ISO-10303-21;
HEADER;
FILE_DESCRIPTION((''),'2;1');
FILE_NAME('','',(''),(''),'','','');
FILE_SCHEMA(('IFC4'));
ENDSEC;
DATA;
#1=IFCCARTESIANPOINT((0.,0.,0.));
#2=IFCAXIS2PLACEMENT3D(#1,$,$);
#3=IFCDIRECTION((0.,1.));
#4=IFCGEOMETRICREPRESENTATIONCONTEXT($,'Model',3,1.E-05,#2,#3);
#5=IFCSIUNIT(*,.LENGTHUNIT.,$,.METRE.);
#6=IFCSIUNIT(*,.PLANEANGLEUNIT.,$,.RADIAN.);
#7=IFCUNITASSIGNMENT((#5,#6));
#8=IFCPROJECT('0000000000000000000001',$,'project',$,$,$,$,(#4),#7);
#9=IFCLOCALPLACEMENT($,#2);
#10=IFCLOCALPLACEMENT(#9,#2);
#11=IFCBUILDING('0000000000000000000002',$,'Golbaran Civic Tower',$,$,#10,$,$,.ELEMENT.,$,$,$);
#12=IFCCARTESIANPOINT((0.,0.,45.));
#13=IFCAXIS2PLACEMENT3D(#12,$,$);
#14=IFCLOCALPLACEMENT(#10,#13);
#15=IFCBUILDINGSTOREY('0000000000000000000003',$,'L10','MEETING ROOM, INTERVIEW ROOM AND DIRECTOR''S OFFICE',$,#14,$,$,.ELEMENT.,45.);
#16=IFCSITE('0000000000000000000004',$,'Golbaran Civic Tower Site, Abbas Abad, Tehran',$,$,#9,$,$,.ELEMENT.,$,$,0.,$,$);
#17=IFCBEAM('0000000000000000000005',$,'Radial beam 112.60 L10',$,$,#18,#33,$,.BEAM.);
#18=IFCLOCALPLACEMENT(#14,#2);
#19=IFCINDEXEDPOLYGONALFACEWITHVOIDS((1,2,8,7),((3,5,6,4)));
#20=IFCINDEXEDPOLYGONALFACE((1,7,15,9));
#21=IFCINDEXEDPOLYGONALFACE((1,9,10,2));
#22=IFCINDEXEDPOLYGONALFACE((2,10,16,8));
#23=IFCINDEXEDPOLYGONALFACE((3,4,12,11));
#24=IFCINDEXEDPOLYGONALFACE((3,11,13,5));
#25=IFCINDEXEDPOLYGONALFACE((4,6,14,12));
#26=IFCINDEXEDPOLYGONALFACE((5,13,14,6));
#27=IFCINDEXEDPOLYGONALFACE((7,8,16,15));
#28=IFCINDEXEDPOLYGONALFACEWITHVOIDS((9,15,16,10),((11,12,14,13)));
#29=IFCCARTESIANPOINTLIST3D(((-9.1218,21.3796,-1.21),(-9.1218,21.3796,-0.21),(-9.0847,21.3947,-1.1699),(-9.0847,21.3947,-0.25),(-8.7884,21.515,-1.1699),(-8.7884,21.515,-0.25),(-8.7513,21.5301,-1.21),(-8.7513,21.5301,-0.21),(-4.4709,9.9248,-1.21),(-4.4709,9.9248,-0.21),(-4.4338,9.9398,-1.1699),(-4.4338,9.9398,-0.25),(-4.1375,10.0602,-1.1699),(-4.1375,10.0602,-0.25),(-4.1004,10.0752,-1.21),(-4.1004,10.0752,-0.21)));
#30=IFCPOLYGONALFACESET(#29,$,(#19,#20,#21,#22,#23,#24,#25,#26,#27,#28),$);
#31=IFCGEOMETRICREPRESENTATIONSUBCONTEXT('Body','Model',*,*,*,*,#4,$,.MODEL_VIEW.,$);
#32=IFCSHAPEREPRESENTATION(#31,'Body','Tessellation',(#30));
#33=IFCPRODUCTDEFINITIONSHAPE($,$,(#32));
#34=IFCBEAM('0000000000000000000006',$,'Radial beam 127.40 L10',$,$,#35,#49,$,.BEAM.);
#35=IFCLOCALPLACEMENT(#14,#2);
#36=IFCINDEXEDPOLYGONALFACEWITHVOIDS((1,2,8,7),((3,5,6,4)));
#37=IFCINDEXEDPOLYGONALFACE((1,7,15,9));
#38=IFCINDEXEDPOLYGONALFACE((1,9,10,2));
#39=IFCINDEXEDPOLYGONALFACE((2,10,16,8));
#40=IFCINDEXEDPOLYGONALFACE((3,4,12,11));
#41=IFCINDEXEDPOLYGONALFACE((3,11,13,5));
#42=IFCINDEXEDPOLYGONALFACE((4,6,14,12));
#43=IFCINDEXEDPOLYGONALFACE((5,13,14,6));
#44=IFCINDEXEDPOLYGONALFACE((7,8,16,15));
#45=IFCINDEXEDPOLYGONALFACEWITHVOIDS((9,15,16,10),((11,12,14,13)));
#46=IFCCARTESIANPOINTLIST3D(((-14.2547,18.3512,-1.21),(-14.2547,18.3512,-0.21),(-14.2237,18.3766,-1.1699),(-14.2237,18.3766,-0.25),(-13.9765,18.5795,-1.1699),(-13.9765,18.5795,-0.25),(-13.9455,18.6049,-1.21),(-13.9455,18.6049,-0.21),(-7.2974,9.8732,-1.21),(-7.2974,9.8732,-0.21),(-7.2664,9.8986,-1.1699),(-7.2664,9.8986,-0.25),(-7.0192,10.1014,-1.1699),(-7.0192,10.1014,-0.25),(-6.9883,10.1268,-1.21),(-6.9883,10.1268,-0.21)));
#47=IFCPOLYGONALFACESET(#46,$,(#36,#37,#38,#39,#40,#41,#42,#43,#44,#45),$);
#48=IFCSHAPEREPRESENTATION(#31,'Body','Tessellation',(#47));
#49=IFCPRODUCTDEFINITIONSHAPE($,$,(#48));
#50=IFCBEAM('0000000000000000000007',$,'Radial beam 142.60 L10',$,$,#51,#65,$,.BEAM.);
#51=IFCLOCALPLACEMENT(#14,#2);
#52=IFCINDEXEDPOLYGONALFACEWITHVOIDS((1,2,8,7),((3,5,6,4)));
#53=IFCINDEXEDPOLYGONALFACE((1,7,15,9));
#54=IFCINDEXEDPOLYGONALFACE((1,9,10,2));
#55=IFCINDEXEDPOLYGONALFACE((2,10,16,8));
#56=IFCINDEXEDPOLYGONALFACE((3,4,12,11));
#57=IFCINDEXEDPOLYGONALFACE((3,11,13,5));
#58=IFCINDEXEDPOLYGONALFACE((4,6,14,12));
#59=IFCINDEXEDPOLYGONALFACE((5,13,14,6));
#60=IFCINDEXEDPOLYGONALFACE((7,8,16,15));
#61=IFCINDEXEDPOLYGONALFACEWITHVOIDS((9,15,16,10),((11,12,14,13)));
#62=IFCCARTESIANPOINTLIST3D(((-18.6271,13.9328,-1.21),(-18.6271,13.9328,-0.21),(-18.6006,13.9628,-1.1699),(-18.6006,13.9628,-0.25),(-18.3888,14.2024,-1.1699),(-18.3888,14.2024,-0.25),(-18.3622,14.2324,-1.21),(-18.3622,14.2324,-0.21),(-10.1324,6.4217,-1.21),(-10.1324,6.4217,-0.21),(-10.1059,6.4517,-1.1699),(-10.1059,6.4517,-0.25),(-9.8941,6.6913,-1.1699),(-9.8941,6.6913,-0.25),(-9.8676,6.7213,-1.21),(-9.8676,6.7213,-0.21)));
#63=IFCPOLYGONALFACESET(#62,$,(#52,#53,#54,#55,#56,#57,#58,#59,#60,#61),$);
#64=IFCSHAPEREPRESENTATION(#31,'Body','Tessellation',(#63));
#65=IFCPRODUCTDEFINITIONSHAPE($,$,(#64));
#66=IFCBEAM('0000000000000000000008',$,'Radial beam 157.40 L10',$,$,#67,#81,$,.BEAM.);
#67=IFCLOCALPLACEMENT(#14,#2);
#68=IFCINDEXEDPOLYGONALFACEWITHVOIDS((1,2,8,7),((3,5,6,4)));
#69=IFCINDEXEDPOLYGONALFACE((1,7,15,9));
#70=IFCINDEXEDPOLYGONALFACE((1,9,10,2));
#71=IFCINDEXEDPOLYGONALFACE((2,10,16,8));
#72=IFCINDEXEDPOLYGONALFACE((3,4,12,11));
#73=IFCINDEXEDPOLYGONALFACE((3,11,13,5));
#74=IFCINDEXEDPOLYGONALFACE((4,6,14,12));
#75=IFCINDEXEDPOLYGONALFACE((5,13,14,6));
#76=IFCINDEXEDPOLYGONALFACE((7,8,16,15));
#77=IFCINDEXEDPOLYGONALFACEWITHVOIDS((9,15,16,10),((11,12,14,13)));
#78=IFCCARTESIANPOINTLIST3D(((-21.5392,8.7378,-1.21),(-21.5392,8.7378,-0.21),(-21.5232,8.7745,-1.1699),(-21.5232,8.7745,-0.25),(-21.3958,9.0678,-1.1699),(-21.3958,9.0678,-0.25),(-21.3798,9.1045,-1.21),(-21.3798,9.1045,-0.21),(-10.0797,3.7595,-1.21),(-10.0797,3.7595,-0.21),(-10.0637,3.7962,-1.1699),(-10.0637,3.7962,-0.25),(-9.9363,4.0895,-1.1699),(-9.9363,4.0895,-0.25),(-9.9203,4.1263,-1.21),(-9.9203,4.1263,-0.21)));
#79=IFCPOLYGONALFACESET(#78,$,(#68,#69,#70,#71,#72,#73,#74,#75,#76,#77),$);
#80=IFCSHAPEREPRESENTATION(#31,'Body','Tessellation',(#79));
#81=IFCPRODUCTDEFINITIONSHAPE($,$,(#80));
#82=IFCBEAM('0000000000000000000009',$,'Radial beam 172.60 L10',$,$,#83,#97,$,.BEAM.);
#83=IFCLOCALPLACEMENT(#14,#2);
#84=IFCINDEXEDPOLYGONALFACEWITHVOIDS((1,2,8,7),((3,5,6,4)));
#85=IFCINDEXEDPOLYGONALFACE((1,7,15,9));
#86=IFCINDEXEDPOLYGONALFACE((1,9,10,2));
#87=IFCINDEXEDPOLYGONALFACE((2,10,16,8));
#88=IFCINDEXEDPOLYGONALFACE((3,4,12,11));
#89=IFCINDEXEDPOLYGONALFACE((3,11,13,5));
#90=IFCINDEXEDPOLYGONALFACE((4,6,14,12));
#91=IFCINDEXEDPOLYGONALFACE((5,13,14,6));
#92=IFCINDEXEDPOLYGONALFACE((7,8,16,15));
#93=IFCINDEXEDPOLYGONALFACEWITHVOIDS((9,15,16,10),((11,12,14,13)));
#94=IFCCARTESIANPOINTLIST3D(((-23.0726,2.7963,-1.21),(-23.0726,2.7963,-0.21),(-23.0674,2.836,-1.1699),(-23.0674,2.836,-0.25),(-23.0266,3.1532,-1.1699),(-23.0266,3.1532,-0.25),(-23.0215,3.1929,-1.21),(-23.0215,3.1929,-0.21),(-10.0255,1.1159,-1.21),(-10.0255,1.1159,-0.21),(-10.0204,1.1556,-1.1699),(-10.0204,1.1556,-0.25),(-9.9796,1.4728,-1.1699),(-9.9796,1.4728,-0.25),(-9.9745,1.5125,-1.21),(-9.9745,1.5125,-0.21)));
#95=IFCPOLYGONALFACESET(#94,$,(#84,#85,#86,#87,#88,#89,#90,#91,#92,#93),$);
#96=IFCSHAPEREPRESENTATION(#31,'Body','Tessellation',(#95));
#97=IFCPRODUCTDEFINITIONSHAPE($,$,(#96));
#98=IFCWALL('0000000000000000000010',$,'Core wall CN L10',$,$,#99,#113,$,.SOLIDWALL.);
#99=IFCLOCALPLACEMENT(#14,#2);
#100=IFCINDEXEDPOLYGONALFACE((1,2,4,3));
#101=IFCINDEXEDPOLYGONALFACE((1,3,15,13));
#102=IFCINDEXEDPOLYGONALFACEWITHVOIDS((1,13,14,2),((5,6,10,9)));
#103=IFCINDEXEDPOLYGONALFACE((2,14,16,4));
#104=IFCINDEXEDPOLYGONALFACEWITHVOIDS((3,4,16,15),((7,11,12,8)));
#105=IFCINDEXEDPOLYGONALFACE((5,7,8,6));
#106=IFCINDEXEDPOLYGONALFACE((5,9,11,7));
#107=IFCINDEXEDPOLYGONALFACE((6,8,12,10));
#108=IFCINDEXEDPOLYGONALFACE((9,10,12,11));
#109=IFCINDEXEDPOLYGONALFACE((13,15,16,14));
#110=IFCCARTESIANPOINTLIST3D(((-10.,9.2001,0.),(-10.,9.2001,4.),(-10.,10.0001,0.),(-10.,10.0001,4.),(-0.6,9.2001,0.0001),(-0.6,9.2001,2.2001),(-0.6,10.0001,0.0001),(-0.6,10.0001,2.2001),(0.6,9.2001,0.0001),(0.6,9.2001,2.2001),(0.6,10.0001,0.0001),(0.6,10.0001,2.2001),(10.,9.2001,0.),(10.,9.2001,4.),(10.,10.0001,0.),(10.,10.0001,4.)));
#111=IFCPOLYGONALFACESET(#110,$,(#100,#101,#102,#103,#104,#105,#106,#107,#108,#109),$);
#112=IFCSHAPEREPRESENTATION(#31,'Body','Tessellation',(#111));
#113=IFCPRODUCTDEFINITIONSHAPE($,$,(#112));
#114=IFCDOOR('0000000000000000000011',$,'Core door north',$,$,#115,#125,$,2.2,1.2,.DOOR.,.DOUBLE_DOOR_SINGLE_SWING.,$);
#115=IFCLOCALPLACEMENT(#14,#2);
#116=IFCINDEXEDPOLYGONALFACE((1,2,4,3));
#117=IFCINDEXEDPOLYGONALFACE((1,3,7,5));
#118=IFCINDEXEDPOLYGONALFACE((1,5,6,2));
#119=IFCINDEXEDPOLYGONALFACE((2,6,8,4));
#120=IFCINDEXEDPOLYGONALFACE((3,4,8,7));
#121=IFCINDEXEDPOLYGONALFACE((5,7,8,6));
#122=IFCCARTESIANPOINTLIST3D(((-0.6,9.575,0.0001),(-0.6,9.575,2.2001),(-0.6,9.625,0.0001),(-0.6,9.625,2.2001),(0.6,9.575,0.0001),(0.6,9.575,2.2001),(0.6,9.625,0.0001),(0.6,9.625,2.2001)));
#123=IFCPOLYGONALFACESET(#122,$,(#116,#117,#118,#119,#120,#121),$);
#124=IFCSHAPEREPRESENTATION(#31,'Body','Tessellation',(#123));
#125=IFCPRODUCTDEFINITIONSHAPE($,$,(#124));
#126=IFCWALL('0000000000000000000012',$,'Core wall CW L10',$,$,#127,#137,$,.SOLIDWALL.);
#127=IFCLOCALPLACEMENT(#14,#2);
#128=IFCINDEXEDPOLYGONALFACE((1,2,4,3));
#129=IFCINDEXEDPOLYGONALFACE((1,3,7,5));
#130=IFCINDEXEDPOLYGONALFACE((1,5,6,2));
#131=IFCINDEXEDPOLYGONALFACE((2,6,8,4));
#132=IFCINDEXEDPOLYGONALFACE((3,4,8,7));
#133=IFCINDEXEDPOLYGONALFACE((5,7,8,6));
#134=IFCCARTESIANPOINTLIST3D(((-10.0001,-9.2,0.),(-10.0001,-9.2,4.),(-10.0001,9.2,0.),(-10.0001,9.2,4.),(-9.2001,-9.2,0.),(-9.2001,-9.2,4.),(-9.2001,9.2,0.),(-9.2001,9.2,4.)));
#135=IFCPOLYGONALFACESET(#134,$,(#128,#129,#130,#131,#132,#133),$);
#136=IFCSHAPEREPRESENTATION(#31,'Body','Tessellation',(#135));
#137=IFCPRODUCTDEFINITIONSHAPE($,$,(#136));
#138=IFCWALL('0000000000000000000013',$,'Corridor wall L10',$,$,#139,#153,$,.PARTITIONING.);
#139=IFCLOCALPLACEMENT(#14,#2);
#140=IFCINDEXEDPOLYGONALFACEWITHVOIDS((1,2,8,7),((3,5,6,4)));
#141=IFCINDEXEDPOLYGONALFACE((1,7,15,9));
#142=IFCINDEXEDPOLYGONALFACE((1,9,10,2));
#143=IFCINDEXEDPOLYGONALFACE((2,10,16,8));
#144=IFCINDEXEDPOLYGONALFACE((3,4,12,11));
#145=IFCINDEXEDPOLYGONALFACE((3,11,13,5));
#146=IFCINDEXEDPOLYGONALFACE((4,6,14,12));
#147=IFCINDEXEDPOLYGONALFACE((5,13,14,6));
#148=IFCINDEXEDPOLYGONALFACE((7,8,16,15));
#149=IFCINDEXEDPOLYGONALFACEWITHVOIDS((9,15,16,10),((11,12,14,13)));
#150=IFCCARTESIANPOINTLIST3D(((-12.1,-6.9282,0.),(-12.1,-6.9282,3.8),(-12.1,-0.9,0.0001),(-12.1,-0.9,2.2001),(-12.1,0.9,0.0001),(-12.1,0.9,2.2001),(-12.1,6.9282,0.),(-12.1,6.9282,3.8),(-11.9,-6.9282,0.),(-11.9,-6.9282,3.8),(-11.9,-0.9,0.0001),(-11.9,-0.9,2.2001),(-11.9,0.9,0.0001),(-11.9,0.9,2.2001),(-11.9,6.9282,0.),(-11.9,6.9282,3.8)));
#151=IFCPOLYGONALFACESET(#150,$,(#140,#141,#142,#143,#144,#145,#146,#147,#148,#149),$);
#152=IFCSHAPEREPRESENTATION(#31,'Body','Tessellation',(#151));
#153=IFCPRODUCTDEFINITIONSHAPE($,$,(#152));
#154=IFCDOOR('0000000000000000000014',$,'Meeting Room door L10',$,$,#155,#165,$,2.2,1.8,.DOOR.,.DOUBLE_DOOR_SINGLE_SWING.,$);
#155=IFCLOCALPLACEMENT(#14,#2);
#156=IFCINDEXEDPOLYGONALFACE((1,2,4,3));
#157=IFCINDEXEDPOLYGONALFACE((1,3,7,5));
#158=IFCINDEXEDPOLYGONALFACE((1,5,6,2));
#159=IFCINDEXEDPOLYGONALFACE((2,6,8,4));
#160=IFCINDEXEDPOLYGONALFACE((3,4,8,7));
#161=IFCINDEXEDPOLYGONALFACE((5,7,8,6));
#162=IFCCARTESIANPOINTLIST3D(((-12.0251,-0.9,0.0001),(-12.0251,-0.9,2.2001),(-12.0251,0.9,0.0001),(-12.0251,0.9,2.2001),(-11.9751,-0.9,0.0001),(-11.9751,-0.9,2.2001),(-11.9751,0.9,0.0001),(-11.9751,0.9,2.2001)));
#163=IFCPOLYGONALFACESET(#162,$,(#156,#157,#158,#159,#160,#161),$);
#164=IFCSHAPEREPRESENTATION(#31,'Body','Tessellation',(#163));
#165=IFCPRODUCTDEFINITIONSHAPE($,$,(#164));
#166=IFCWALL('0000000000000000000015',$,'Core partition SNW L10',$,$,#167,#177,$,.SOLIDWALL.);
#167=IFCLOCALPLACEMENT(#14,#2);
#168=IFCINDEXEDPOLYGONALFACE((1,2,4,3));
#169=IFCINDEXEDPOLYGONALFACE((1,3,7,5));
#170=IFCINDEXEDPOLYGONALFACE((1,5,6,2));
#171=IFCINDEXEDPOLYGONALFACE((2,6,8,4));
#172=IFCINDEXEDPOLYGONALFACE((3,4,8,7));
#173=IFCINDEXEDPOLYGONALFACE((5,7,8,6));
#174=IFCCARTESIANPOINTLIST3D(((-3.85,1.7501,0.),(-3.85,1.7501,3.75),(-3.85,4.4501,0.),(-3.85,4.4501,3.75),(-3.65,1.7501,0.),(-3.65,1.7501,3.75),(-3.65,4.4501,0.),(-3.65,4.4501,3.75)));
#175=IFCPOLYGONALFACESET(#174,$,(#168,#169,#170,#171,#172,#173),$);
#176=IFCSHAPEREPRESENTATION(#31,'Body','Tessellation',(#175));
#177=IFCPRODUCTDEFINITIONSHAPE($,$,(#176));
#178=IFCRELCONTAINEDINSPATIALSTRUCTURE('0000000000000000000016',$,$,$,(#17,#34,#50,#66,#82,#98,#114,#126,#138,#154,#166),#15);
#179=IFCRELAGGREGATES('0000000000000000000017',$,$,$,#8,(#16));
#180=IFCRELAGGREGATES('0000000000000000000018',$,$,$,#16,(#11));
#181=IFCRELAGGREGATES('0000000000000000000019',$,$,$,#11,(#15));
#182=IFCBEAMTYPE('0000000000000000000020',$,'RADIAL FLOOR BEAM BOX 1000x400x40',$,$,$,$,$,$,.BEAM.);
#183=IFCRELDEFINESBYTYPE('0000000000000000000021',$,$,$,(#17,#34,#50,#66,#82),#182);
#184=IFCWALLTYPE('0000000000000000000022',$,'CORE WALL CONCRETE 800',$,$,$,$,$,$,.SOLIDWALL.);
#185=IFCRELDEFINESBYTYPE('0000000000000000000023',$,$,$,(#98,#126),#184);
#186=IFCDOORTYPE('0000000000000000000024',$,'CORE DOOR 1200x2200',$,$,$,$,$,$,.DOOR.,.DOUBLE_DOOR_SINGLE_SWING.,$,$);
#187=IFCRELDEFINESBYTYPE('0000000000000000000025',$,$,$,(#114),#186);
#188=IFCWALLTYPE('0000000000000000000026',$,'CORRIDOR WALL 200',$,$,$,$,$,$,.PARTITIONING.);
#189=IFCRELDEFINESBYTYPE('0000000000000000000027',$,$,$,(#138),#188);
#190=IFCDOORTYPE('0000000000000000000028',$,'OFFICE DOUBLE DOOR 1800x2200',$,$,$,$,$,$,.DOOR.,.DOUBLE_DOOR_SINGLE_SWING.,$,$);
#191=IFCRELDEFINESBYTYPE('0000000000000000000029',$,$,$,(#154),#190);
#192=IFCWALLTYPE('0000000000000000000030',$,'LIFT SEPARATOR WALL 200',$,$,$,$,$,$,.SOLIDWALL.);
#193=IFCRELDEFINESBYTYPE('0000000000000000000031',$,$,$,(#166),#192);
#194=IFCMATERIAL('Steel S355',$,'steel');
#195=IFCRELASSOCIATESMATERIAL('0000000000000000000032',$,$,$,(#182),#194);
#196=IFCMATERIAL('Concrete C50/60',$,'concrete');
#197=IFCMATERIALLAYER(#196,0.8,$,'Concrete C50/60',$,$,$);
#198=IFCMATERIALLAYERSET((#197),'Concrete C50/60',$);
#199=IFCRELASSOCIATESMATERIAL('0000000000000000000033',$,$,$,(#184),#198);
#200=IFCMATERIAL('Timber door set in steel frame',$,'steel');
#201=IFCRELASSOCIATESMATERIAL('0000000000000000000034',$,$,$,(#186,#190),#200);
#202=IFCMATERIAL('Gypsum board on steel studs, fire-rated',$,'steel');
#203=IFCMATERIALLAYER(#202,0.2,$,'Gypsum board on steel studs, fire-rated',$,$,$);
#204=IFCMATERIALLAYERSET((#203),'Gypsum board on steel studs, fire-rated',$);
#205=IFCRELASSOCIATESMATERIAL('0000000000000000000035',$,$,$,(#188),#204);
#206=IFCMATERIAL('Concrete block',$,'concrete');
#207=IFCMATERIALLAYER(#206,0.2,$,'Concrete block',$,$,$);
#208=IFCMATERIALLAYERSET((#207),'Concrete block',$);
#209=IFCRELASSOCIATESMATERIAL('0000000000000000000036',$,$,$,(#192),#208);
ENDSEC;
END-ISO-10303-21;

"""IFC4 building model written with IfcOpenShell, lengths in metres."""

from ifc_helpers import new_model, si_unit, direction, frame, frame_2d, origin, origin_2d, place, context, subcontext, project, spatial, rectangle, hollow_rectangle, extrude, material, layer, layer_set, material_profile, profile_set, type_object, element, fill, save


model = new_model("IFC4")

# Units and contexts
model_context = context("Model", 3, precision=1e-05, world=origin(), true_north=direction((0.0, 1.0)))
body_context = subcontext(model_context, "Body", "Model", "MODEL_VIEW")
ifc_project = project(units=[si_unit("LENGTHUNIT", "METRE"), si_unit("PLANEANGLEUNIT", "RADIAN")], contexts=[model_context])

# Site, building, storey
site_placement = place(None, origin())
site = spatial("IfcSite", under=ifc_project, at=site_placement, Name="Golbaran Civic Tower Site, Abbas Abad, Tehran", CompositionType="ELEMENT", RefElevation=0.0)
building_placement = place(site_placement, origin())
building = spatial("IfcBuilding", under=site, at=building_placement, Name="Golbaran Civic Tower", CompositionType="ELEMENT")
storey_placement = place(building_placement, frame((0.0, 0.0, 45.0)))
storey = spatial("IfcBuildingStorey", under=building, at=storey_placement, Name="L10", Description="MEETING ROOM, INTERVIEW ROOM AND DIRECTOR'S OFFICE", CompositionType="ELEMENT", Elevation=45.0)

# Beams
ifc_material_1 = material(Name="Steel S355", Category="steel")
ifc_material_profile = material_profile(ifc_material_1, hollow_rectangle(XDim=0.3999, YDim=1.0, WallThickness=0.04, at=origin_2d()), Name="BOX 1000x400x40")
ifc_profile_set = profile_set([ifc_material_profile], Name="Steel S355")
beam_type = type_object("IfcBeamType", Name="RADIAL FLOOR BEAM BOX 1000x400x40", PredefinedType="BEAM", material=ifc_profile_set)
beam_1_placement = place(storey_placement, frame((-4.2856, 10.0, -0.71), z_axis=(-0.376193, 0.926541, 0.0), x_axis=(-0.926541, -0.376193, 0.0)))
element("IfcBeam", 1, at=beam_1_placement, inside=storey, type_object=beam_type, Name="Radial beam 112.60 L10", PredefinedType="BEAM", context=body_context, shape_type="SweptSolid", body=[
    extrude(hollow_rectangle(XDim=0.3999, YDim=1.0, WallThickness=0.04, at=origin_2d()), origin(), (0.0, 0.0, 1.0), 12.363),
])
beam_2_placement = place(storey_placement, frame((-7.1428, 10.0, -0.71), z_axis=(-0.634368, 0.773031, 0.0), x_axis=(-0.773031, -0.634368, 0.0)))
element("IfcBeam", 2, at=beam_2_placement, inside=storey, type_object=beam_type, Name="Radial beam 127.40 L10", PredefinedType="BEAM", context=body_context, shape_type="SweptSolid", body=[
    extrude(hollow_rectangle(XDim=0.3999, YDim=1.0, WallThickness=0.04, at=origin_2d()), origin(), (0.0, 0.0, 1.0), 10.9673),
])
beam_3_placement = place(storey_placement, frame((-10.0, 6.5715, -0.71), z_axis=(-0.749149, 0.662401, 0.0), x_axis=(-0.662401, -0.749149, 0.0)))
element("IfcBeam", 3, at=beam_3_placement, inside=storey, type_object=beam_type, Name="Radial beam 142.60 L10", PredefinedType="BEAM", context=body_context, shape_type="SweptSolid", body=[
    extrude(hollow_rectangle(XDim=0.3999, YDim=1.0, WallThickness=0.04, at=origin_2d()), origin(), (0.0, 0.0, 1.0), 11.3391),
])
beam_4_placement = place(storey_placement, frame((-10.0, 3.9429, -0.71), z_axis=(-0.91719, 0.39845, 0.0), x_axis=(-0.39845, -0.91719, 0.0)))
element("IfcBeam", 4, at=beam_4_placement, inside=storey, type_object=beam_type, Name="Radial beam 157.40 L10", PredefinedType="BEAM", context=body_context, shape_type="SweptSolid", body=[
    extrude(hollow_rectangle(XDim=0.3999, YDim=1.0, WallThickness=0.04, at=origin_2d()), origin(), (0.0, 0.0, 1.0), 12.4941),
])
beam_5_placement = place(storey_placement, frame((-10.0, 1.3142, -0.71), z_axis=(-0.991808, 0.127741, 0.0), x_axis=(-0.127741, -0.991808, 0.0)))
element("IfcBeam", 5, at=beam_5_placement, inside=storey, type_object=beam_type, Name="Radial beam 172.60 L10", PredefinedType="BEAM", context=body_context, shape_type="SweptSolid", body=[
    extrude(hollow_rectangle(XDim=0.3999, YDim=1.0, WallThickness=0.04, at=origin_2d()), origin(), (0.0, 0.0, 1.0), 13.1548),
])

# Wall, opening, door
ifc_material_2 = material(Name="Concrete C50/60", Category="concrete")
ifc_layer_1 = layer(ifc_material_2, 0.8, Name="Concrete C50/60")
ifc_layer_set_1 = layer_set([ifc_layer_1], Name="Concrete C50/60")
wall_type_1 = type_object("IfcWallType", Name="CORE WALL CONCRETE 800", PredefinedType="SOLIDWALL", material=ifc_layer_set_1)
wall_1_placement = place(storey_placement, frame((-10.0, 9.6001, 0.0), z_axis=(0.0, 0.0, 1.0), x_axis=(1.0, 0.0, 0.0)))
wall_1 = element("IfcWall", 6, at=wall_1_placement, inside=storey, type_object=wall_type_1, Name="Core wall CN L10", PredefinedType="SOLIDWALL", context=body_context, shape_type="SweptSolid", body=[
    extrude(rectangle(XDim=20.0, YDim=0.8, at=frame_2d((10.0, 0.0))), origin(), (0.0, 0.0, 1.0), 4.0),
])
opening_1_placement = place(wall_1_placement, frame((9.3999, 0.0, 0.0)))
opening_1 = element("IfcOpeningElement", 7, at=opening_1_placement, cuts=wall_1, PredefinedType="OPENING", context=body_context, shape_type="SweptSolid", body=[
    extrude(rectangle(XDim=1.2, YDim=2.2, at=frame_2d((0.6001, 1.1001))), frame((0.0, 0.4099, 0.0), z_axis=(0.0, -1.0, 0.0), x_axis=(1.0, 0.0, 0.0)), (0.0, 0.0, 1.0), 0.8201),
])
ifc_material_3 = material(Name="Timber door set in steel frame", Category="steel")
door_type_1 = type_object("IfcDoorType", Name="CORE DOOR 1200x2200", OperationType="DOUBLE_DOOR_SINGLE_SWING", PredefinedType="DOOR", material=ifc_material_3)
door_1_placement = place(opening_1_placement, origin())
door_1 = element("IfcDoor", 8, at=door_1_placement, inside=storey, type_object=door_type_1, Name="Core door north", OperationType="DOUBLE_DOOR_SINGLE_SWING", OverallHeight=2.2, OverallWidth=1.2, PredefinedType="DOOR", context=body_context, shape_type="SweptSolid", body=[
    extrude(rectangle(XDim=1.2, YDim=2.2, at=frame_2d((0.6001, 1.1001))), frame((0.0, 0.0249, 0.0), z_axis=(0.0, -1.0, 0.0), x_axis=(1.0, 0.0, 0.0)), (0.0, 0.0, 1.0), 0.05),
])
fill(opening_1, door_1)

# Wall
wall_2_placement = place(storey_placement, frame((-9.6001, 9.2, 0.0), z_axis=(0.0, 0.0, 1.0), x_axis=(0.0, -1.0, 0.0)))
element("IfcWall", 9, at=wall_2_placement, inside=storey, type_object=wall_type_1, Name="Core wall CW L10", PredefinedType="SOLIDWALL", context=body_context, shape_type="SweptSolid", body=[
    extrude(rectangle(XDim=18.3999, YDim=0.8, at=frame_2d((9.2, 0.0))), origin(), (0.0, 0.0, 1.0), 4.0),
])

# Wall, opening, door
ifc_material_4 = material(Name="Gypsum board on steel studs, fire-rated", Category="steel")
ifc_layer_2 = layer(ifc_material_4, 0.2, Name="Gypsum board on steel studs, fire-rated")
ifc_layer_set_2 = layer_set([ifc_layer_2], Name="Gypsum board on steel studs, fire-rated")
wall_type_2 = type_object("IfcWallType", Name="CORRIDOR WALL 200", PredefinedType="PARTITIONING", material=ifc_layer_set_2)
wall_3_placement = place(storey_placement, frame((-12.0, 6.9282, 0.0), z_axis=(0.0, 0.0, 1.0), x_axis=(0.0, -1.0, 0.0)))
wall_3 = element("IfcWall", 10, at=wall_3_placement, inside=storey, type_object=wall_type_2, Name="Corridor wall L10", PredefinedType="PARTITIONING", context=body_context, shape_type="SweptSolid", body=[
    extrude(rectangle(XDim=13.8564, YDim=0.2, at=frame_2d((6.9282, 0.0))), origin(), (0.0, 0.0, 1.0), 3.8),
])
opening_2_placement = place(wall_3_placement, frame((6.0283, 0.0, 0.0)))
opening_2 = element("IfcOpeningElement", 11, at=opening_2_placement, cuts=wall_3, PredefinedType="OPENING", context=body_context, shape_type="SweptSolid", body=[
    extrude(rectangle(XDim=1.8, YDim=2.2, at=frame_2d((0.8999, 1.1001))), frame((0.0, 0.1099, 0.0), z_axis=(0.0, -1.0, 0.0), x_axis=(1.0, 0.0, 0.0)), (0.0, 0.0, 1.0), 0.22),
])
door_type_2 = type_object("IfcDoorType", Name="OFFICE DOUBLE DOOR 1800x2200", OperationType="DOUBLE_DOOR_SINGLE_SWING", PredefinedType="DOOR", material=ifc_material_3)
door_2_placement = place(opening_2_placement, origin())
door_2 = element("IfcDoor", 12, at=door_2_placement, inside=storey, type_object=door_type_2, Name="Meeting Room door L10", OperationType="DOUBLE_DOOR_SINGLE_SWING", OverallHeight=2.2, OverallWidth=1.8, PredefinedType="DOOR", context=body_context, shape_type="SweptSolid", body=[
    extrude(rectangle(XDim=1.8, YDim=2.2, at=frame_2d((0.8999, 1.1001))), frame((0.0, 0.0249, 0.0), z_axis=(0.0, -1.0, 0.0), x_axis=(1.0, 0.0, 0.0)), (0.0, 0.0, 1.0), 0.05),
])
fill(opening_2, door_2)

# Wall
ifc_material_5 = material(Name="Concrete block", Category="concrete")
ifc_layer_3 = layer(ifc_material_5, 0.2, Name="Concrete block")
ifc_layer_set_3 = layer_set([ifc_layer_3], Name="Concrete block")
wall_type_3 = type_object("IfcWallType", Name="LIFT SEPARATOR WALL 200", PredefinedType="SOLIDWALL", material=ifc_layer_set_3)
wall_4_placement = place(storey_placement, frame((-3.75, 1.75, 0.0), z_axis=(0.0, 0.0, 1.0), x_axis=(0.0, 1.0, 0.0)))
element("IfcWall", 13, at=wall_4_placement, inside=storey, type_object=wall_type_3, Name="Core partition SNW L10", PredefinedType="SOLIDWALL", context=body_context, shape_type="SweptSolid", body=[
    extrude(rectangle(XDim=2.7, YDim=0.2, at=frame_2d((1.3501, 0.0))), origin(), (0.0, 0.0, 1.0), 3.75),
])

save(model, "model.ifc")
